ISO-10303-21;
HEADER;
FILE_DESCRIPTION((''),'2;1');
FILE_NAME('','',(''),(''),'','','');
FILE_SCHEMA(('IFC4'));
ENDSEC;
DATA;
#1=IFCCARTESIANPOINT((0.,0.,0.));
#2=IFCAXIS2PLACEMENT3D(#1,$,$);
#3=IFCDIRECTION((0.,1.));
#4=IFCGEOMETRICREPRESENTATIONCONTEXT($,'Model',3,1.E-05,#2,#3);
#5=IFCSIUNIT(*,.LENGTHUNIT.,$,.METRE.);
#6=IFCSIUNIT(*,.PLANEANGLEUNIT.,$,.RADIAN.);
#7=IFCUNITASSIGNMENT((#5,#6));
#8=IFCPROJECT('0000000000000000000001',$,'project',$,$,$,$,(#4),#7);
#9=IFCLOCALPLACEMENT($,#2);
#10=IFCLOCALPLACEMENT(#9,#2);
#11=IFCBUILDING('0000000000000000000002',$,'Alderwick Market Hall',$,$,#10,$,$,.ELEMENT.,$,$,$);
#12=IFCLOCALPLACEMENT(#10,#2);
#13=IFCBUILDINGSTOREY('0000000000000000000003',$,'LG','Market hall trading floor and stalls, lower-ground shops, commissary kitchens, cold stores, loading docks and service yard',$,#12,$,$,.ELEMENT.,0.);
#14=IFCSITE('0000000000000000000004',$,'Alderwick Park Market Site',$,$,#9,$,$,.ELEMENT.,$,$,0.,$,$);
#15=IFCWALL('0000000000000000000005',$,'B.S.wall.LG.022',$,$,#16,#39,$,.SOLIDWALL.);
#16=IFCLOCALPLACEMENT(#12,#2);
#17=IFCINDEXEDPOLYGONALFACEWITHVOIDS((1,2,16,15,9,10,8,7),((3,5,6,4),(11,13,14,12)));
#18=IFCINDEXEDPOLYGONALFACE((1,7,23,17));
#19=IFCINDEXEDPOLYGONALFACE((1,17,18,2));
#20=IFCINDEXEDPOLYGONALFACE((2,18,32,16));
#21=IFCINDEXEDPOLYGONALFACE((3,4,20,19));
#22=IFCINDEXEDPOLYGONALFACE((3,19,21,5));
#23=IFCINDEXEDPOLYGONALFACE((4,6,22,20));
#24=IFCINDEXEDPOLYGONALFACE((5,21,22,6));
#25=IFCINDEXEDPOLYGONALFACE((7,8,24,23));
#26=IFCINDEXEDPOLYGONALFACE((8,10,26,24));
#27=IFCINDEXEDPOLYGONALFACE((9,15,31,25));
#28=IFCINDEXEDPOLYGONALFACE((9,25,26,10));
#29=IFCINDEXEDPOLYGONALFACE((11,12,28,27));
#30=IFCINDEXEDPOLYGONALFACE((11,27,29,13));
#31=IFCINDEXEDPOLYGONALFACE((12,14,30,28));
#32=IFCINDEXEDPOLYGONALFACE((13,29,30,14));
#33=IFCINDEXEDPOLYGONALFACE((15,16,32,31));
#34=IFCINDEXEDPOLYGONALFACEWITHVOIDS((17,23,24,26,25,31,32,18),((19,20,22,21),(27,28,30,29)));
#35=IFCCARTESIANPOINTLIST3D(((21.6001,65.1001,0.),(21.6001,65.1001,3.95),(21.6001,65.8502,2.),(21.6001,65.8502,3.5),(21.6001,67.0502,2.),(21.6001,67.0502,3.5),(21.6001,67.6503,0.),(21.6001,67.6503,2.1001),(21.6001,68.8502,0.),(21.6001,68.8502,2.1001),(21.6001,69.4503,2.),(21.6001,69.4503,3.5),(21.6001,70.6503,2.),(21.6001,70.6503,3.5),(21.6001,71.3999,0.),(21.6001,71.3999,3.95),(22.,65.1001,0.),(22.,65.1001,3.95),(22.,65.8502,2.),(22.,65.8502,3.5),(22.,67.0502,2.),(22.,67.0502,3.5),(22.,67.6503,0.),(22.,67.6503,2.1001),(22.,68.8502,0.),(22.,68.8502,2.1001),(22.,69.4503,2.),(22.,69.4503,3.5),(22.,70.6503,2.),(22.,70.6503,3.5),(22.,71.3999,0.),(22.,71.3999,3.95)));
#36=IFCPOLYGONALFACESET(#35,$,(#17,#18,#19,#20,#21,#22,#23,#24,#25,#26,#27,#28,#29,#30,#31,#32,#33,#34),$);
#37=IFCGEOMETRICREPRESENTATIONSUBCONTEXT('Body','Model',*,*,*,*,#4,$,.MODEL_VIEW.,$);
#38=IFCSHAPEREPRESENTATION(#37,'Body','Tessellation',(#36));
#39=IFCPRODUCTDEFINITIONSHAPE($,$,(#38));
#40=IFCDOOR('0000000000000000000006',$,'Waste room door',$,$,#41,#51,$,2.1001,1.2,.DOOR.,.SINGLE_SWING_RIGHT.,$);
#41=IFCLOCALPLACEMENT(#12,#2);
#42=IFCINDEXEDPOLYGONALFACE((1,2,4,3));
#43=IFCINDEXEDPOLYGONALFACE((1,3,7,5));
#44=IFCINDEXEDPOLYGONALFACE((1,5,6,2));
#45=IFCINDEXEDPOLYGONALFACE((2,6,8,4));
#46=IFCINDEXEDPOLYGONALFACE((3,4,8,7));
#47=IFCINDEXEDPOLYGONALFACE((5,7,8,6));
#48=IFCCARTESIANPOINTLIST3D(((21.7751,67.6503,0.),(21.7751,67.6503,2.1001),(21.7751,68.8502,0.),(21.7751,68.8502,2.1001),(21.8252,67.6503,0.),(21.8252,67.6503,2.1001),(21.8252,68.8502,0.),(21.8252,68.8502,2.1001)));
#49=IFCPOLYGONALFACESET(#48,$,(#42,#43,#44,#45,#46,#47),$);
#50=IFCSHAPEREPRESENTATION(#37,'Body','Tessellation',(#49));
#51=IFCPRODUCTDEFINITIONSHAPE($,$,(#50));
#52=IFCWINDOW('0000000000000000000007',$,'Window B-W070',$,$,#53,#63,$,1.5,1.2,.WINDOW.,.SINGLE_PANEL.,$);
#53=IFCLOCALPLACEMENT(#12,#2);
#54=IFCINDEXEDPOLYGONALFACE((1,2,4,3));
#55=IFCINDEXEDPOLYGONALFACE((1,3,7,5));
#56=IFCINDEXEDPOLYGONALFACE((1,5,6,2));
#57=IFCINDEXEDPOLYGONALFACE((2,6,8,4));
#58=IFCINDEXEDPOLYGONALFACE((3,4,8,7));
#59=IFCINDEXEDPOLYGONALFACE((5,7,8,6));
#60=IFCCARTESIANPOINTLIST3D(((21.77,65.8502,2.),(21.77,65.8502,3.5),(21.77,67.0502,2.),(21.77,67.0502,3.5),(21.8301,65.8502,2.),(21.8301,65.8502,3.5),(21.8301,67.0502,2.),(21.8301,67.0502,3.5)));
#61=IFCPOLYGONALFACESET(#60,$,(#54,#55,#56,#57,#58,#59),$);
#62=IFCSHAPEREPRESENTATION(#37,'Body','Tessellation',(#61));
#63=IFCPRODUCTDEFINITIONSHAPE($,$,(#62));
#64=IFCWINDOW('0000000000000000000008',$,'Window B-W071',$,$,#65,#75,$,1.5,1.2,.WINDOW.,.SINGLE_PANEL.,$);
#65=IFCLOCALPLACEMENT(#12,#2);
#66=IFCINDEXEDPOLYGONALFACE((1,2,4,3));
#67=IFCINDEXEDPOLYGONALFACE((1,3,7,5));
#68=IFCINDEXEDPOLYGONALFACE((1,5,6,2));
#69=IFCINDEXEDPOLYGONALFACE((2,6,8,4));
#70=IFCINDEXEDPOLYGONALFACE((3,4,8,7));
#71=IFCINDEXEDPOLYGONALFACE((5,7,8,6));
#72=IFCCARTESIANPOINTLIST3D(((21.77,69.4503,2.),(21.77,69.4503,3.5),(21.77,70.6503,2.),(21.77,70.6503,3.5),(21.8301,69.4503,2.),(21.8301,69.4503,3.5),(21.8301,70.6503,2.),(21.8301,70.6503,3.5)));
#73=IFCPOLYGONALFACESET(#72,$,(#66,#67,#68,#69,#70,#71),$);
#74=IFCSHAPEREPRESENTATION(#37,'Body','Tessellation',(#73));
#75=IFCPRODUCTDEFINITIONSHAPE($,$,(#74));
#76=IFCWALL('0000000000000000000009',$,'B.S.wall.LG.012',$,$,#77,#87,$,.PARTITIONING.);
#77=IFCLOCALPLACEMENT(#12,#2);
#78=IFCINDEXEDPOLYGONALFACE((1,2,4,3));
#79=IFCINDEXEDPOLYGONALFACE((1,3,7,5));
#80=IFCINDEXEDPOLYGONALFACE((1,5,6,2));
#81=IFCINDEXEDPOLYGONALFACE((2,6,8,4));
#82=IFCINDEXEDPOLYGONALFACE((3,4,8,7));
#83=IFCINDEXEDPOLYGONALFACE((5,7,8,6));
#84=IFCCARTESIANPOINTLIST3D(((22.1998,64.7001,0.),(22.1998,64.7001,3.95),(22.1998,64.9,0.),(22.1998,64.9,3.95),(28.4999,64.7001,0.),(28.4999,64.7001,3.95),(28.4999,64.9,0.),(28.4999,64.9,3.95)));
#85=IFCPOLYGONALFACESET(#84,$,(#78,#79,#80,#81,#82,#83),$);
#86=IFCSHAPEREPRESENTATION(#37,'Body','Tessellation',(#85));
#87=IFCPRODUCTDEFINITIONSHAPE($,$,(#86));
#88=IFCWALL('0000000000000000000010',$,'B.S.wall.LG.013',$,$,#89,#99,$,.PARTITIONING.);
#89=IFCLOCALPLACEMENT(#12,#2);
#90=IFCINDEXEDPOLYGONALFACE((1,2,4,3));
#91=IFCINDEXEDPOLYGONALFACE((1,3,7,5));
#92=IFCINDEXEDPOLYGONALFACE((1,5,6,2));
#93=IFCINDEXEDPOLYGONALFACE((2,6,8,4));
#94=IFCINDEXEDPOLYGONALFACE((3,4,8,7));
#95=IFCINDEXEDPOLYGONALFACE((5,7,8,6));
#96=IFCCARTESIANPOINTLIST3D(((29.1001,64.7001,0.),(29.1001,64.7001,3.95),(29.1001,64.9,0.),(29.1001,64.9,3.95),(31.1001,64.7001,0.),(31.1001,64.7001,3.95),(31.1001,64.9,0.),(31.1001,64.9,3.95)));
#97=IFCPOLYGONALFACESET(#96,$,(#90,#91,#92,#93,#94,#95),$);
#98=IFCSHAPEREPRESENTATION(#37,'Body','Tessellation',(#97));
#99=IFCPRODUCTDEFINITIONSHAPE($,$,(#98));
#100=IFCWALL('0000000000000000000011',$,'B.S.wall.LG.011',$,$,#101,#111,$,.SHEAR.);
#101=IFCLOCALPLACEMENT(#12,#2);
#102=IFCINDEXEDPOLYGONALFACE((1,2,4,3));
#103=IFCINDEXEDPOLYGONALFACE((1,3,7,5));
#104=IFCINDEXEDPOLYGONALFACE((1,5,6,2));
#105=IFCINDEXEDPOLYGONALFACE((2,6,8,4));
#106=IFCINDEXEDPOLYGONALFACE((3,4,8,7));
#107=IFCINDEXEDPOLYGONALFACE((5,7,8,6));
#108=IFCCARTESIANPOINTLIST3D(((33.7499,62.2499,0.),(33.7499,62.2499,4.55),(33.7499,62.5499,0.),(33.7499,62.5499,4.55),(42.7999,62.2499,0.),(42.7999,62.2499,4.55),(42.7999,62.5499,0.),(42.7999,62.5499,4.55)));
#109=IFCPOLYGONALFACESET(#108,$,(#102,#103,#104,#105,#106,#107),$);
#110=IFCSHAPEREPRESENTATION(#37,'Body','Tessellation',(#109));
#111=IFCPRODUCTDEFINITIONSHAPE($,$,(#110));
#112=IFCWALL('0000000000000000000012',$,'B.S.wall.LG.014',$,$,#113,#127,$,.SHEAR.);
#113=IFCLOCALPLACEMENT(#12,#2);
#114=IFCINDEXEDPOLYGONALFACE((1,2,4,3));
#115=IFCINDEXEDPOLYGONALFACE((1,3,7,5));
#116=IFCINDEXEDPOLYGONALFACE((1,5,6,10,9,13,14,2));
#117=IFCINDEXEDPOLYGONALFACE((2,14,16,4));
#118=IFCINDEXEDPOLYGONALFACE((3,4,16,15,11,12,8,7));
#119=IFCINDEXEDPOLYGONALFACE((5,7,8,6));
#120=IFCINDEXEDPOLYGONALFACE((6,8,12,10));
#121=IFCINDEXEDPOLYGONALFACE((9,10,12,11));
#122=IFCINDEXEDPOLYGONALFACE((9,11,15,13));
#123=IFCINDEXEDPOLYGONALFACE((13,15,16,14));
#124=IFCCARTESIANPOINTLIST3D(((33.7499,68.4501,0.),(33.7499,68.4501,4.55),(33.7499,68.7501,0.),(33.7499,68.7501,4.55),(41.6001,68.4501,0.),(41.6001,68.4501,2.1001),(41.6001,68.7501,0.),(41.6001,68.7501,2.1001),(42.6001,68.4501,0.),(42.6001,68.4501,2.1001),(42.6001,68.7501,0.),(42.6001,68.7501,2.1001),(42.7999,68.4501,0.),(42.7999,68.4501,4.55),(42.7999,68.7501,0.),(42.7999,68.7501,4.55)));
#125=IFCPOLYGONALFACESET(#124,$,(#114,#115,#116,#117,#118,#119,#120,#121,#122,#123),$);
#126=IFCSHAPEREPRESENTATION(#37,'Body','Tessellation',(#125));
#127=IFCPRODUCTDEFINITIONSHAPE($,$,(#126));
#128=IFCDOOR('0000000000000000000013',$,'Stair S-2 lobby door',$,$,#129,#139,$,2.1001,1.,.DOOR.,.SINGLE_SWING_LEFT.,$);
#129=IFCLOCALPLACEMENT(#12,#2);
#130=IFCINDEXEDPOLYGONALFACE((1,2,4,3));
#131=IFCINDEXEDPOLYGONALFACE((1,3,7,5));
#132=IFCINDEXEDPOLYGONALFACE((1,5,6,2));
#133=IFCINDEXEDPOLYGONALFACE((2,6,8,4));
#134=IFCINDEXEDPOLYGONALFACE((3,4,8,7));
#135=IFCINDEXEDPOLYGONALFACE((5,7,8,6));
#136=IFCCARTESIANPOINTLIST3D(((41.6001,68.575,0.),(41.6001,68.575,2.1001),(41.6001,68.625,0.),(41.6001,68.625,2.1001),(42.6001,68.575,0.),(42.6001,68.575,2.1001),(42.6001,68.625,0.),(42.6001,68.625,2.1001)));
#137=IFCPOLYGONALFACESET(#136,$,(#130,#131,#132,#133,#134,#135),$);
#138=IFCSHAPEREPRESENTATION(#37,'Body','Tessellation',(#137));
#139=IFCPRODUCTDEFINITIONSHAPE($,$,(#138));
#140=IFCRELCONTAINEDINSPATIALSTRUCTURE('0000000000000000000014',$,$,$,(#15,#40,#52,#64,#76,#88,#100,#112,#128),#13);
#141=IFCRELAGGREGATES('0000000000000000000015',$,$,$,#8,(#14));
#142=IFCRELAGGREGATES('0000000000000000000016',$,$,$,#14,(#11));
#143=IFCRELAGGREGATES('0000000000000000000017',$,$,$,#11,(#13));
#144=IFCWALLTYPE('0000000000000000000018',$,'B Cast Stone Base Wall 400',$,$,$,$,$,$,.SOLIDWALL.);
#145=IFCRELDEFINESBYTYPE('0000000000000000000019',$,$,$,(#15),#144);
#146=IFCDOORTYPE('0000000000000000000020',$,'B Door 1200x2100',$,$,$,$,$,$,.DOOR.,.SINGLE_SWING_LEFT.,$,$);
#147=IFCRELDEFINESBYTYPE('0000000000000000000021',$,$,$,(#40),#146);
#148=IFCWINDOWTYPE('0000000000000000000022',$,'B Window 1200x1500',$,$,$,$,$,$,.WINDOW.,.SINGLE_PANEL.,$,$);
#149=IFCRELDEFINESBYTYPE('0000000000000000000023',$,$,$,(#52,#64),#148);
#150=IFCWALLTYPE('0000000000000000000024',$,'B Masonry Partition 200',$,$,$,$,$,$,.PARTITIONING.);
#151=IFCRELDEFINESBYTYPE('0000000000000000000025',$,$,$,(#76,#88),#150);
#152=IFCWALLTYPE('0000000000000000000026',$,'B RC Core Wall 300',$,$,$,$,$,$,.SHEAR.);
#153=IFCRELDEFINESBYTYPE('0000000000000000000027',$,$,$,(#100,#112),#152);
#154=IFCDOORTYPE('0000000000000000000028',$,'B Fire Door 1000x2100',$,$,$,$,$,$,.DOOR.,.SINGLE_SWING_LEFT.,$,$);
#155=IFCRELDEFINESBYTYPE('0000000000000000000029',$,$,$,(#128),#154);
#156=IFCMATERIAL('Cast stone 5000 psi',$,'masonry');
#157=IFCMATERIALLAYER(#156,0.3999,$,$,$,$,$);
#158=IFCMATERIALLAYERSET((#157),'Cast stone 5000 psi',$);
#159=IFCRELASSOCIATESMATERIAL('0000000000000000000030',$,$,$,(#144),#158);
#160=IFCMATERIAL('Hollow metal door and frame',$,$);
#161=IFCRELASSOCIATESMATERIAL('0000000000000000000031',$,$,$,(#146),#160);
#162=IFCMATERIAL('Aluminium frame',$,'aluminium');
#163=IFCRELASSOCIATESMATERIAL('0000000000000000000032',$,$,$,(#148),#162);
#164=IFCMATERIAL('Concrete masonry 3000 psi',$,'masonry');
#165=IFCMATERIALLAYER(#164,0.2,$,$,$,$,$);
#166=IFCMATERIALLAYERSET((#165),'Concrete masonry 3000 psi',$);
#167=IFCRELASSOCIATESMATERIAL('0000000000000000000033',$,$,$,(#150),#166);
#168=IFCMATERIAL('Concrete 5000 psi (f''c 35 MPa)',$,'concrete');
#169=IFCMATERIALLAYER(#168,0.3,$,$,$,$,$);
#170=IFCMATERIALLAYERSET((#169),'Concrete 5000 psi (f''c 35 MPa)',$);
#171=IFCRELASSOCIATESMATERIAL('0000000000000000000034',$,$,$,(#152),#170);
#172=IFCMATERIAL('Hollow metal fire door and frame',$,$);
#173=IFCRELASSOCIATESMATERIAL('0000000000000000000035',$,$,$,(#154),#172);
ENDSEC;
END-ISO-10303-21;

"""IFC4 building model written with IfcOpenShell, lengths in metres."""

from ifc_helpers import new_model, si_unit, direction, frame, frame_2d, origin, place, context, subcontext, project, spatial, rectangle, extrude, material, layer, layer_set, type_object, element, fill, save


model = new_model("IFC4")

# Units and contexts
model_context = context("Model", 3, precision=1e-05, world=origin(), true_north=direction((0.0, 1.0)))
body_context = subcontext(model_context, "Body", "Model", "MODEL_VIEW")
ifc_project = project(units=[si_unit("LENGTHUNIT", "METRE"), si_unit("PLANEANGLEUNIT", "RADIAN")], contexts=[model_context])

# Site, building, storey
site_placement = place(None, origin())
site = spatial("IfcSite", under=ifc_project, at=site_placement, Name="Alderwick Park Market Site", CompositionType="ELEMENT", RefElevation=0.0)
building_placement = place(site_placement, origin())
building = spatial("IfcBuilding", under=site, at=building_placement, Name="Alderwick Market Hall", CompositionType="ELEMENT")
storey_placement = place(building_placement, origin())
storey = spatial("IfcBuildingStorey", under=building, at=storey_placement, Name="LG", Description="Market hall trading floor and stalls, lower-ground shops, commissary kitchens, cold stores, loading docks and service yard", CompositionType="ELEMENT", Elevation=0.0)

# Shared definitions
ifc_material_1 = material(Name="Concrete 5000 psi (f'c 35 MPa)", Category="concrete")

# Shared definitions
ifc_material_2 = material(Name="Cast stone 5000 psi", Category="masonry")

# Wall, openings, door, windows
ifc_layer_1 = layer(ifc_material_2, 0.3999)
ifc_layer_set_1 = layer_set([ifc_layer_1], Name="Cast stone 5000 psi")
wall_type_1 = type_object("IfcWallType", Name="B Cast Stone Base Wall 400", PredefinedType="SOLIDWALL", material=ifc_layer_set_1)
wall_1_placement = place(storey_placement, frame((21.8, 65.1001, 0.0), z_axis=(0.0, 0.0, 1.0), x_axis=(0.0, 1.0, 0.0)))
wall_1 = element("IfcWall", 1, at=wall_1_placement, inside=storey, type_object=wall_type_1, Name="B.S.wall.LG.022", PredefinedType="SOLIDWALL", context=body_context, shape_type="SweptSolid", body=[
    extrude(rectangle(XDim=6.2998, YDim=0.3999, at=frame_2d((3.1499, 0.0))), origin(), (0.0, 0.0, 1.0), 3.95),
])
opening_1_placement = place(wall_1_placement, frame((2.55, 0.0, 0.0)))
opening_1 = element("IfcOpeningElement", 2, at=opening_1_placement, cuts=wall_1, PredefinedType="OPENING", context=body_context, shape_type="SweptSolid", body=[
    extrude(rectangle(XDim=1.2, YDim=2.1001, at=frame_2d((0.6001, 1.05))), frame((0.0, 0.21, 0.0), z_axis=(0.0, -1.0, 0.0), x_axis=(1.0, 0.0, 0.0)), (0.0, 0.0, 1.0), 0.4199),
])
opening_2_placement = place(wall_1_placement, frame((0.75, 0.0, 2.0)))
opening_2 = element("IfcOpeningElement", 3, at=opening_2_placement, cuts=wall_1, PredefinedType="OPENING", context=body_context, shape_type="SweptSolid", body=[
    extrude(rectangle(XDim=1.2, YDim=1.5, at=frame_2d((0.6001, 0.75))), frame((0.0, 0.21, 0.0), z_axis=(0.0, -1.0, 0.0), x_axis=(1.0, 0.0, 0.0)), (0.0, 0.0, 1.0), 0.4199),
])
opening_3_placement = place(wall_1_placement, frame((4.3501, 0.0, 2.0)))
opening_3 = element("IfcOpeningElement", 4, at=opening_3_placement, cuts=wall_1, PredefinedType="OPENING", context=body_context, shape_type="SweptSolid", body=[
    extrude(rectangle(XDim=1.2, YDim=1.5, at=frame_2d((0.6001, 0.75))), frame((0.0, 0.21, 0.0), z_axis=(0.0, -1.0, 0.0), x_axis=(1.0, 0.0, 0.0)), (0.0, 0.0, 1.0), 0.4199),
])
ifc_material_3 = material(Name="Hollow metal door and frame")
door_type_1 = type_object("IfcDoorType", Name="B Door 1200x2100", OperationType="SINGLE_SWING_LEFT", PredefinedType="DOOR", material=ifc_material_3)
door_1_placement = place(opening_1_placement, origin())
door_1 = element("IfcDoor", 5, at=door_1_placement, inside=storey, type_object=door_type_1, Name="Waste room door", OperationType="SINGLE_SWING_RIGHT", OverallHeight=2.1001, OverallWidth=1.2, PredefinedType="DOOR", context=body_context, shape_type="SweptSolid", body=[
    extrude(rectangle(XDim=1.2, YDim=2.1001, at=frame_2d((0.6001, 1.05))), frame((0.0, 0.0249, 0.0), z_axis=(0.0, -1.0, 0.0), x_axis=(1.0, 0.0, 0.0)), (0.0, 0.0, 1.0), 0.05),
])
fill(opening_1, door_1)
ifc_material_4 = material(Name="Aluminium frame", Category="aluminium")
window_type = type_object("IfcWindowType", Name="B Window 1200x1500", PartitioningType="SINGLE_PANEL", PredefinedType="WINDOW", material=ifc_material_4)
window_1_placement = place(opening_2_placement, origin())
window_1 = element("IfcWindow", 6, at=window_1_placement, inside=storey, type_object=window_type, Name="Window B-W070", OverallHeight=1.5, OverallWidth=1.2, PartitioningType="SINGLE_PANEL", PredefinedType="WINDOW", context=body_context, shape_type="SweptSolid", body=[
    extrude(rectangle(XDim=1.2, YDim=1.5, at=frame_2d((0.6001, 0.75))), frame((0.0, 0.03, 0.0), z_axis=(0.0, -1.0, 0.0), x_axis=(1.0, 0.0, 0.0)), (0.0, 0.0, 1.0), 0.0601),
])
fill(opening_2, window_1)
window_2_placement = place(opening_3_placement, origin())
window_2 = element("IfcWindow", 7, at=window_2_placement, inside=storey, type_object=window_type, Name="Window B-W071", OverallHeight=1.5, OverallWidth=1.2, PartitioningType="SINGLE_PANEL", PredefinedType="WINDOW", context=body_context, shape_type="SweptSolid", body=[
    extrude(rectangle(XDim=1.2, YDim=1.5, at=frame_2d((0.6001, 0.75))), frame((0.0, 0.03, 0.0), z_axis=(0.0, -1.0, 0.0), x_axis=(1.0, 0.0, 0.0)), (0.0, 0.0, 1.0), 0.0601),
])
fill(opening_3, window_2)

# Walls
ifc_material_5 = material(Name="Concrete masonry 3000 psi", Category="masonry")
ifc_layer_2 = layer(ifc_material_5, 0.2)
ifc_layer_set_2 = layer_set([ifc_layer_2], Name="Concrete masonry 3000 psi")
wall_type_2 = type_object("IfcWallType", Name="B Masonry Partition 200", PredefinedType="PARTITIONING", material=ifc_layer_set_2)
wall_2_placement = place(storey_placement, frame((22.2, 64.8, 0.0), z_axis=(0.0, 0.0, 1.0), x_axis=(1.0, 0.0, 0.0)))
element("IfcWall", 8, at=wall_2_placement, inside=storey, type_object=wall_type_2, Name="B.S.wall.LG.012", PredefinedType="PARTITIONING", context=body_context, shape_type="SweptSolid", body=[
    extrude(rectangle(XDim=6.3, YDim=0.2, at=frame_2d((3.1499, 0.0))), origin(), (0.0, 0.0, 1.0), 3.95),
])
wall_3_placement = place(storey_placement, frame((29.1001, 64.8, 0.0), z_axis=(0.0, 0.0, 1.0), x_axis=(1.0, 0.0, 0.0)))
element("IfcWall", 9, at=wall_3_placement, inside=storey, type_object=wall_type_2, Name="B.S.wall.LG.013", PredefinedType="PARTITIONING", context=body_context, shape_type="SweptSolid", body=[
    extrude(rectangle(XDim=2.0, YDim=0.2, at=frame_2d((1.0, 0.0))), origin(), (0.0, 0.0, 1.0), 3.95),
])
ifc_layer_3 = layer(ifc_material_1, 0.3)
ifc_layer_set_3 = layer_set([ifc_layer_3], Name="Concrete 5000 psi (f'c 35 MPa)")
wall_type_3 = type_object("IfcWallType", Name="B RC Core Wall 300", PredefinedType="SHEAR", material=ifc_layer_set_3)
wall_4_placement = place(storey_placement, frame((33.75, 62.3999, 0.0), z_axis=(0.0, 0.0, 1.0), x_axis=(1.0, 0.0, 0.0)))
element("IfcWall", 10, at=wall_4_placement, inside=storey, type_object=wall_type_3, Name="B.S.wall.LG.011", PredefinedType="SHEAR", context=body_context, shape_type="SweptSolid", body=[
    extrude(rectangle(XDim=9.05, YDim=0.3, at=frame_2d((4.5249, 0.0))), origin(), (0.0, 0.0, 1.0), 4.55),
])

# Wall, opening, door
wall_5_placement = place(storey_placement, frame((33.75, 68.6001, 0.0), z_axis=(0.0, 0.0, 1.0), x_axis=(1.0, 0.0, 0.0)))
wall_5 = element("IfcWall", 11, at=wall_5_placement, inside=storey, type_object=wall_type_3, Name="B.S.wall.LG.014", PredefinedType="SHEAR", context=body_context, shape_type="SweptSolid", body=[
    extrude(rectangle(XDim=9.05, YDim=0.3, at=frame_2d((4.5249, 0.0))), origin(), (0.0, 0.0, 1.0), 4.55),
])
opening_4_placement = place(wall_5_placement, frame((7.8501, 0.0, 0.0)))
opening_4 = element("IfcOpeningElement", 12, at=opening_4_placement, cuts=wall_5, PredefinedType="OPENING", context=body_context, shape_type="SweptSolid", body=[
    extrude(rectangle(XDim=1.0, YDim=2.1001, at=frame_2d((0.5, 1.05))), frame((0.0, 0.1599, 0.0), z_axis=(0.0, -1.0, 0.0), x_axis=(1.0, 0.0, 0.0)), (0.0, 0.0, 1.0), 0.3201),
])
ifc_material_6 = material(Name="Hollow metal fire door and frame")
door_type_2 = type_object("IfcDoorType", Name="B Fire Door 1000x2100", OperationType="SINGLE_SWING_LEFT", PredefinedType="DOOR", material=ifc_material_6)
door_2_placement = place(opening_4_placement, origin())
door_2 = element("IfcDoor", 13, at=door_2_placement, inside=storey, type_object=door_type_2, Name="Stair S-2 lobby door", OperationType="SINGLE_SWING_LEFT", OverallHeight=2.1001, OverallWidth=1.0, PredefinedType="DOOR", context=body_context, shape_type="SweptSolid", body=[
    extrude(rectangle(XDim=1.0, YDim=2.1001, at=frame_2d((0.5, 1.05))), frame((0.0, 0.0249, 0.0), z_axis=(0.0, -1.0, 0.0), x_axis=(1.0, 0.0, 0.0)), (0.0, 0.0, 1.0), 0.05),
])
fill(opening_4, door_2)

save(model, "model.ifc")
